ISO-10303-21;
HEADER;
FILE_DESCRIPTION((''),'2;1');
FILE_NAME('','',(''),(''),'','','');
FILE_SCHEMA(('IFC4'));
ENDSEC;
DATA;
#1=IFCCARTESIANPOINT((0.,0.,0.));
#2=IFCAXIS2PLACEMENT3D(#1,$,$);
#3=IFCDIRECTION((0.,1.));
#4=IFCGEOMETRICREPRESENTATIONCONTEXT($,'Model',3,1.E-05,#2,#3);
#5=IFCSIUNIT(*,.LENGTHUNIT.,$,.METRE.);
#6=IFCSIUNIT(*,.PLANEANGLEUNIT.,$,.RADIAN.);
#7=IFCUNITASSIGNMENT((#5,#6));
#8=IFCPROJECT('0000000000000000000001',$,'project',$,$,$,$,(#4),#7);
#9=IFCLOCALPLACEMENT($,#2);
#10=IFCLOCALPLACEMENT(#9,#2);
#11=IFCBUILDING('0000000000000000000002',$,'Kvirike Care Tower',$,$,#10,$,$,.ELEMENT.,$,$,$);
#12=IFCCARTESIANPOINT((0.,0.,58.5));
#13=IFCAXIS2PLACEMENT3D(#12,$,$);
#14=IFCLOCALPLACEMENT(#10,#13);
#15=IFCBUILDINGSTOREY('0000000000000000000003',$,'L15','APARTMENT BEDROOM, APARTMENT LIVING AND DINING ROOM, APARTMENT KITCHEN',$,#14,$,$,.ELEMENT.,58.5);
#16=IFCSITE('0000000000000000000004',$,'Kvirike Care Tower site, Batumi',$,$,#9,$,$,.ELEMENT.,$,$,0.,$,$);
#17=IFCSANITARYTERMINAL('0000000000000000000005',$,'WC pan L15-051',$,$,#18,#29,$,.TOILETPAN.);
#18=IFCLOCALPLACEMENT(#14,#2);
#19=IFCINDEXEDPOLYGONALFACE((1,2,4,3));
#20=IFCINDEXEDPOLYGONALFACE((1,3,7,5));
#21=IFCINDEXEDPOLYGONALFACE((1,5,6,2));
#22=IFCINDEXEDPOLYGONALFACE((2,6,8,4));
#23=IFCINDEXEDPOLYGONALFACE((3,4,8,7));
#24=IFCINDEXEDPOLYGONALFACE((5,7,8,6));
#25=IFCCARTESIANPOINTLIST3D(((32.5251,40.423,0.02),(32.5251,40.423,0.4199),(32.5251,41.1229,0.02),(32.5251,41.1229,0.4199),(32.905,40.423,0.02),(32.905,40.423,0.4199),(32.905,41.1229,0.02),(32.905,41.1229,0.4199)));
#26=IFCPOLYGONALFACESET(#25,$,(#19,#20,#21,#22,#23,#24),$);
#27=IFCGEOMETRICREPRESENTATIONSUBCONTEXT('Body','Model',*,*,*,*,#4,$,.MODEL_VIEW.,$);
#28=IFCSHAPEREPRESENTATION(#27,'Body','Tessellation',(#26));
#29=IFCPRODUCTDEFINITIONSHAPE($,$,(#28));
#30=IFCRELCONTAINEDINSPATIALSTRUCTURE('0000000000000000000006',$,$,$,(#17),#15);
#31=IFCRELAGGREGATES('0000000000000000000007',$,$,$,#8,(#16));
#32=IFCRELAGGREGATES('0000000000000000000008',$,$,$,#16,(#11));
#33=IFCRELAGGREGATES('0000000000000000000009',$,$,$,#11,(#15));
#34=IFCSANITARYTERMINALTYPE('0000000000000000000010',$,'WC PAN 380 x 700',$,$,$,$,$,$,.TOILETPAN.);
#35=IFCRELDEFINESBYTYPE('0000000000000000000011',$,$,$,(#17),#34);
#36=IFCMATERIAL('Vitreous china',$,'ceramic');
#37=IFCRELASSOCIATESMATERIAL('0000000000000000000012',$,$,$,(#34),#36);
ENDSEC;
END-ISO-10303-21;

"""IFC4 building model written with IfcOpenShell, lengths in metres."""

from ifc_helpers import new_model, si_unit, direction, frame, origin, origin_2d, place, context, subcontext, project, spatial, rectangle, extrude, material, type_object, element, save


model = new_model("IFC4")

# Units and contexts
model_context = context("Model", 3, precision=1e-05, world=origin(), true_north=direction((0.0, 1.0)))
body_context = subcontext(model_context, "Body", "Model", "MODEL_VIEW")
ifc_project = project(units=[si_unit("LENGTHUNIT", "METRE"), si_unit("PLANEANGLEUNIT", "RADIAN")], contexts=[model_context])

# Site, building, storey
site_placement = place(None, origin())
site = spatial("IfcSite", under=ifc_project, at=site_placement, Name="Kvirike Care Tower site, Batumi", CompositionType="ELEMENT", RefElevation=0.0)
building_placement = place(site_placement, origin())
building = spatial("IfcBuilding", under=site, at=building_placement, Name="Kvirike Care Tower", CompositionType="ELEMENT")
storey_placement = place(building_placement, frame((0.0, 0.0, 58.5)))
storey = spatial("IfcBuildingStorey", under=building, at=storey_placement, Name="L15", Description="APARTMENT BEDROOM, APARTMENT LIVING AND DINING ROOM, APARTMENT KITCHEN", CompositionType="ELEMENT", Elevation=58.5)

# Sanitary terminal
ifc_material_1 = material(Name="Vitreous china", Category="ceramic")
sanitary_terminal_type_1 = type_object("IfcSanitaryTerminalType", Name="WC PAN 380 x 700", PredefinedType="TOILETPAN", material=ifc_material_1)
sanitary_terminal_1_placement = place(storey_placement, frame((32.7151, 40.7729, 0.02), z_axis=(0.0, 0.0, 1.0), x_axis=(1.0, 0.0, 0.0)))
element("IfcSanitaryTerminal", 1, at=sanitary_terminal_1_placement, inside=storey, type_object=sanitary_terminal_type_1, Name="WC pan L15-051", PredefinedType="TOILETPAN", context=body_context, shape_type="SweptSolid", body=[
    extrude(rectangle(XDim=0.3799, YDim=0.7, at=origin_2d()), origin(), (0.0, 0.0, 1.0), 0.3999),
])

save(model, "model.ifc")
